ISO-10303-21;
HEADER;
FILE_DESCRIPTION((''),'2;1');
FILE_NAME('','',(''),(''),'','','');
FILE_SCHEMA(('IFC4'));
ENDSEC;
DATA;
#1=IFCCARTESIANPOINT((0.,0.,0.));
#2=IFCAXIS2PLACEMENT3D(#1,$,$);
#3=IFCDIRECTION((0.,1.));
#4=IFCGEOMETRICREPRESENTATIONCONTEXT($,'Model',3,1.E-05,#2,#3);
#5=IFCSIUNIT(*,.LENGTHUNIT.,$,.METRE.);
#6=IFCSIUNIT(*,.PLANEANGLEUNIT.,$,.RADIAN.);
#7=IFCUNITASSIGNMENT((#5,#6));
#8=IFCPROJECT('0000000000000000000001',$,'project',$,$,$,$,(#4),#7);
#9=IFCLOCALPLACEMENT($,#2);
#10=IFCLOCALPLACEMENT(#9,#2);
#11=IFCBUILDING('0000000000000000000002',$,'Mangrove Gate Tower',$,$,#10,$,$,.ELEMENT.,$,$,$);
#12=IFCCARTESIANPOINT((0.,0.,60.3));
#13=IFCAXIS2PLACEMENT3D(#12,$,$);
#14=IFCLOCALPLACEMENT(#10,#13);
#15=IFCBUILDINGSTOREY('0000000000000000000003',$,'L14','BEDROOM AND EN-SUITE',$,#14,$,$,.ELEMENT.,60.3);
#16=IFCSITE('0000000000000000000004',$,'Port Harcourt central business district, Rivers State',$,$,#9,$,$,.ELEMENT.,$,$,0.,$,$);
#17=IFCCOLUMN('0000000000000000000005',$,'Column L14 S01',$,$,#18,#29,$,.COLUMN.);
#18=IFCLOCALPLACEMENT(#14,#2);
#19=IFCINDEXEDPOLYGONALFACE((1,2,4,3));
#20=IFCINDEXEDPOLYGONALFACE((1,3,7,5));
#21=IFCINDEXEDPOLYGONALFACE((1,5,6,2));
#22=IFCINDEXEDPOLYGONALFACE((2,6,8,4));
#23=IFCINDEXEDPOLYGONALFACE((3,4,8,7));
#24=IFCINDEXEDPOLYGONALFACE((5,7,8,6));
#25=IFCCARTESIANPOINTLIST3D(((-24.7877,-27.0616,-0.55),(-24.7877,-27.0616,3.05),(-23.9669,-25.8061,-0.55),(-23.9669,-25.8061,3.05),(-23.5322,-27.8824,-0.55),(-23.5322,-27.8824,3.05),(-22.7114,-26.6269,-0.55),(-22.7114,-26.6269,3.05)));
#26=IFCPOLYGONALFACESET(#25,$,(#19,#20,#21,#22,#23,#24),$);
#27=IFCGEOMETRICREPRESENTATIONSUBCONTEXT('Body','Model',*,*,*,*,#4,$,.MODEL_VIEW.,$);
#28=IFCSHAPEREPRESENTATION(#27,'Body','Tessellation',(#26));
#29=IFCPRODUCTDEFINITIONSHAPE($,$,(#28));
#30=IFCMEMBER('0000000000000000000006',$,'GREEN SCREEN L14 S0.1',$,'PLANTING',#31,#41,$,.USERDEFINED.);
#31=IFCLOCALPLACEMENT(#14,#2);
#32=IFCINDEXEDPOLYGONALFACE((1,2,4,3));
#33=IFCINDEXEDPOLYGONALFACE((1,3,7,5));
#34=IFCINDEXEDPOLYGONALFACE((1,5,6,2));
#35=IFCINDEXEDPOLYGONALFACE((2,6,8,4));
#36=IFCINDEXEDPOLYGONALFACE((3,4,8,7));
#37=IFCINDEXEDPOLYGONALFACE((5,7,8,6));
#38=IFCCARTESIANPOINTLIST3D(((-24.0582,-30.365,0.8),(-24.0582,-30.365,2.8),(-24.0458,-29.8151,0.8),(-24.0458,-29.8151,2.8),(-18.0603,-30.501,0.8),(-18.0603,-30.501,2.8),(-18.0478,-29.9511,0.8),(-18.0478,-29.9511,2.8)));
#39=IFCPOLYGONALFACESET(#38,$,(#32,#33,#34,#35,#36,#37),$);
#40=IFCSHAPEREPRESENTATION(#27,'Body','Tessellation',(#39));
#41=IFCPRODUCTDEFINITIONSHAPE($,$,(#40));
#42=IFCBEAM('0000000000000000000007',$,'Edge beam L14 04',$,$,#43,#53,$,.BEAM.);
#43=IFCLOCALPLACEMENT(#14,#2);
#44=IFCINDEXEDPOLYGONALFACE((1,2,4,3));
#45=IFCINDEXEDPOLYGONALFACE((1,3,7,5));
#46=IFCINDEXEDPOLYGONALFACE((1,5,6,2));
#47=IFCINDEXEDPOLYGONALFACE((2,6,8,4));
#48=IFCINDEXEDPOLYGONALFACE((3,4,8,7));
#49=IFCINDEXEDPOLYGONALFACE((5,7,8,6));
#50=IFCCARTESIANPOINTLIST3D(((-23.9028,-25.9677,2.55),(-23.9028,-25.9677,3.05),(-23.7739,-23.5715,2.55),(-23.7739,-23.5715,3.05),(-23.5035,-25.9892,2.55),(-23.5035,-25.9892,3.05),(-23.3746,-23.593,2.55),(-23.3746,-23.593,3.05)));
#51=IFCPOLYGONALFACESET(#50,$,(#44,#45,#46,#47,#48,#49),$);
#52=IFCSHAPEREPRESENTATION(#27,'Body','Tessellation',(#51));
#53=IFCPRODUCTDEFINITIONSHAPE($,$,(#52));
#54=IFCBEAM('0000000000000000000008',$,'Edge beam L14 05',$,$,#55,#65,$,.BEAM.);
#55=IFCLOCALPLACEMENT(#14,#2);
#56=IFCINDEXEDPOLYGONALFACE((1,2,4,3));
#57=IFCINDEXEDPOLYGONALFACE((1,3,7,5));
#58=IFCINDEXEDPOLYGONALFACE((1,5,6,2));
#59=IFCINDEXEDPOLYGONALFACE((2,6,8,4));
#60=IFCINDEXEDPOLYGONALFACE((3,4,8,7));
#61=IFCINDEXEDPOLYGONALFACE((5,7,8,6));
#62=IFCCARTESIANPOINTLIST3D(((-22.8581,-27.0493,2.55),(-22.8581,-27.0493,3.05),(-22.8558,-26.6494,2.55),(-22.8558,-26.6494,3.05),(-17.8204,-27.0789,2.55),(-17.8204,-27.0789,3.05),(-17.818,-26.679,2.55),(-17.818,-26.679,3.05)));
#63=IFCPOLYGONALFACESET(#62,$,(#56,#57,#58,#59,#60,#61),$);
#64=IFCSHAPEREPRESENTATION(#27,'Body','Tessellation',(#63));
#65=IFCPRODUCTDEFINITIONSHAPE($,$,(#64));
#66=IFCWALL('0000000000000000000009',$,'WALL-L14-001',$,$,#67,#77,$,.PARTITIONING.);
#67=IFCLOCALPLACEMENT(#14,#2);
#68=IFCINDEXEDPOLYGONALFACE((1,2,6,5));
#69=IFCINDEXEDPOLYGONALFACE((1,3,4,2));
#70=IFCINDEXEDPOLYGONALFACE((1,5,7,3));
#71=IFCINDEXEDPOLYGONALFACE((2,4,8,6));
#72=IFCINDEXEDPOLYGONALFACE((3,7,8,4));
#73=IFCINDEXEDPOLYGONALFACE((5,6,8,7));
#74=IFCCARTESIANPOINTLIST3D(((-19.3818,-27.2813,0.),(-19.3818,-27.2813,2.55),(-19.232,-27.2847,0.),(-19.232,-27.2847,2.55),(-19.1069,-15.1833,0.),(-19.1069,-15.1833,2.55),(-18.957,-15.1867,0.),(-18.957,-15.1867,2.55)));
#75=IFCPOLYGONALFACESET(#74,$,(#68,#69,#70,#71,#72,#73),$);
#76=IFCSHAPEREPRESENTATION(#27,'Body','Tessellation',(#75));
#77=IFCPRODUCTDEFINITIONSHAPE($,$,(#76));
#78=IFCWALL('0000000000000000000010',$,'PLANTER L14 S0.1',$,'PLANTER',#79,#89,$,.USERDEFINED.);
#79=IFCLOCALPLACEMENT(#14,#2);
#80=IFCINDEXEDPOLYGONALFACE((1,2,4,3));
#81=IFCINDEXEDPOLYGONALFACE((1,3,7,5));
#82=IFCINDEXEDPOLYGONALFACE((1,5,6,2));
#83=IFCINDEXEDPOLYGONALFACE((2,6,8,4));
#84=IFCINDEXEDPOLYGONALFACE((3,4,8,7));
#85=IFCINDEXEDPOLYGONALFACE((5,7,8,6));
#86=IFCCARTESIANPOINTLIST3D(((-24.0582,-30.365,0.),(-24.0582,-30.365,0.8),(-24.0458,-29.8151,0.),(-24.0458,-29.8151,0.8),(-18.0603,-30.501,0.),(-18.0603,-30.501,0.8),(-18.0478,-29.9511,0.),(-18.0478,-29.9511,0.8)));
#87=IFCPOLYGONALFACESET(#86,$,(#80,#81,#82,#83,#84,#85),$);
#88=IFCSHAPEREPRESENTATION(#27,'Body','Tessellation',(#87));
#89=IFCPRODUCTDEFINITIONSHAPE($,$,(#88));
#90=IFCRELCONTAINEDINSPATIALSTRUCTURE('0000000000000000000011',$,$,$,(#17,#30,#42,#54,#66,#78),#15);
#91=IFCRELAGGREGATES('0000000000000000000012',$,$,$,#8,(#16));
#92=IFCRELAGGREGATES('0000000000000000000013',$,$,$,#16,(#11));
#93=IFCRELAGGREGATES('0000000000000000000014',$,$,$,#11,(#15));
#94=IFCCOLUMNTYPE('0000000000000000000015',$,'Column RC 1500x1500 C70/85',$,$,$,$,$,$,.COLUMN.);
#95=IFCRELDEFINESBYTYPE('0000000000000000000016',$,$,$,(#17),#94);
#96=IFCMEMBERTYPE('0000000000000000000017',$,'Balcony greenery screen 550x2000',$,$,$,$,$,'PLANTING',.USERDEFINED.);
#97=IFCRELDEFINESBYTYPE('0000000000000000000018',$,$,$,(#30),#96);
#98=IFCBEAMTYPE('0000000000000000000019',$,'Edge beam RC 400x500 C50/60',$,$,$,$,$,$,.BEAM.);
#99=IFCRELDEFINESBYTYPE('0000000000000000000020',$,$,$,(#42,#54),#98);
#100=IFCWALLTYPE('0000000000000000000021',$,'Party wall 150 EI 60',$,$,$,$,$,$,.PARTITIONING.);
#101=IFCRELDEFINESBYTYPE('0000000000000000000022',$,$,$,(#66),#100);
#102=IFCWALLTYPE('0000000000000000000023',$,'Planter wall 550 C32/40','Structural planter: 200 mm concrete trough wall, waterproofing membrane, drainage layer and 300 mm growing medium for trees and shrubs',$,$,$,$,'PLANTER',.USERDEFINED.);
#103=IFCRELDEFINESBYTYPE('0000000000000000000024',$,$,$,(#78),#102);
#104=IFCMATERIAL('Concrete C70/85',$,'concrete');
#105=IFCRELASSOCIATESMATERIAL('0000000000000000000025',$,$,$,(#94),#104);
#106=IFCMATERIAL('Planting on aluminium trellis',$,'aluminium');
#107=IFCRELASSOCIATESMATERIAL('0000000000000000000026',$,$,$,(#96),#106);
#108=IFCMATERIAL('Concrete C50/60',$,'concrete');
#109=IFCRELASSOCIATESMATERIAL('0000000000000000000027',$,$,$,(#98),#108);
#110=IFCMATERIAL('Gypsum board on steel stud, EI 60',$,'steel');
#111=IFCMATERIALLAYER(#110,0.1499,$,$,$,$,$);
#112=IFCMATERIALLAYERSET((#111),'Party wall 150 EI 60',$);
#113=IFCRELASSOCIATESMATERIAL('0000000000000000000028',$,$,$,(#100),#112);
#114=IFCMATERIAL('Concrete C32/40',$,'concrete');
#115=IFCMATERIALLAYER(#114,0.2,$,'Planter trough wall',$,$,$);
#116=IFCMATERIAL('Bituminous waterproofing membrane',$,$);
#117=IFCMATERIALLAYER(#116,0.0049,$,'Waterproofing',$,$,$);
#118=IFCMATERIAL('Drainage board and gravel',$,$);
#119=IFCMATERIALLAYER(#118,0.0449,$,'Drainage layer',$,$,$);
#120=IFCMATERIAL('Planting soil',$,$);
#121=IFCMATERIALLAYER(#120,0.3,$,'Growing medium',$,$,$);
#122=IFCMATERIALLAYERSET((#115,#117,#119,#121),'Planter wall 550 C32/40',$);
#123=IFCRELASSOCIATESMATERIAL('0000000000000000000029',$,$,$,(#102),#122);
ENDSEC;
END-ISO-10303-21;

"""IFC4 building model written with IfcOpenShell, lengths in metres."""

from ifc_helpers import new_model, si_unit, direction, frame, frame_2d, origin, origin_2d, place, context, subcontext, project, spatial, rectangle, extrude, material, layer, layer_set, material_profile, profile_set, type_object, element, save


model = new_model("IFC4")

# Units and contexts
model_context = context("Model", 3, precision=1e-05, world=origin(), true_north=direction((0.0, 1.0)))
body_context = subcontext(model_context, "Body", "Model", "MODEL_VIEW")
ifc_project = project(units=[si_unit("LENGTHUNIT", "METRE"), si_unit("PLANEANGLEUNIT", "RADIAN")], contexts=[model_context])

# Site, building, storey
site_placement = place(None, origin())
site = spatial("IfcSite", under=ifc_project, at=site_placement, Name="Port Harcourt central business district, Rivers State", CompositionType="ELEMENT", RefElevation=0.0)
building_placement = place(site_placement, origin())
building = spatial("IfcBuilding", under=site, at=building_placement, Name="Mangrove Gate Tower", CompositionType="ELEMENT")
storey_placement = place(building_placement, frame((0.0, 0.0, 60.3)))
storey = spatial("IfcBuildingStorey", under=building, at=storey_placement, Name="L14", Description="BEDROOM AND EN-SUITE", CompositionType="ELEMENT", Elevation=60.3)

# Column
ifc_material_1 = material(Name="Concrete C70/85", Category="concrete")
ifc_material_profile_1 = material_profile(ifc_material_1, rectangle(XDim=1.5, YDim=1.5, at=origin_2d()))
ifc_profile_set_1 = profile_set([ifc_material_profile_1], Name="Concrete C70/85")
column_type = type_object("IfcColumnType", Name="Column RC 1500x1500 C70/85", PredefinedType="COLUMN", material=ifc_profile_set_1)
column_placement = place(storey_placement, frame((-23.7495, -26.8442, -0.55), z_axis=(0.0, 0.0, 1.0), x_axis=(0.837001, -0.547201, 0.0)))
element("IfcColumn", 1, at=column_placement, inside=storey, type_object=column_type, Name="Column L14 S01", PredefinedType="COLUMN", context=body_context, shape_type="SweptSolid", body=[
    extrude(rectangle(XDim=1.5, YDim=1.5, at=origin_2d()), origin(), (0.0, 0.0, 1.0), 3.6001),
])

# Member
ifc_material_2 = material(Name="Planting on aluminium trellis", Category="aluminium")
ifc_material_profile_2 = material_profile(ifc_material_2, rectangle(XDim=0.55, YDim=2.0, at=origin_2d()))
ifc_profile_set_2 = profile_set([ifc_material_profile_2], Name="Planting on aluminium trellis")
member_type = type_object("IfcMemberType", Name="Balcony greenery screen 550x2000", ElementType="PLANTING", PredefinedType="USERDEFINED", material=ifc_profile_set_2)
member_placement = place(storey_placement, frame((-24.052, -30.0901, 1.8), z_axis=(0.999743, -0.022666, 0.0), x_axis=(0.022666, 0.999743, 0.0)))
element("IfcMember", 2, at=member_placement, inside=storey, type_object=member_type, Name="GREEN SCREEN L14 S0.1", ObjectType="PLANTING", PredefinedType="USERDEFINED", context=body_context, shape_type="SweptSolid", body=[
    extrude(rectangle(XDim=0.55, YDim=2.0, at=origin_2d()), origin(), (0.0, 0.0, 1.0), 5.9995),
])

# Beams
ifc_material_3 = material(Name="Concrete C50/60", Category="concrete")
ifc_material_profile_3 = material_profile(ifc_material_3, rectangle(XDim=0.3999, YDim=0.5, at=origin_2d()))
ifc_profile_set_3 = profile_set([ifc_material_profile_3], Name="Concrete C50/60")
beam_type = type_object("IfcBeamType", Name="Edge beam RC 400x500 C50/60", PredefinedType="BEAM", material=ifc_profile_set_3)
beam_1_placement = place(storey_placement, frame((-23.5742, -23.5823, 2.8), z_axis=(-0.053718, -0.998556, 0.0), x_axis=(0.998556, -0.053718, 0.0)))
element("IfcBeam", 3, at=beam_1_placement, inside=storey, type_object=beam_type, Name="Edge beam L14 04", PredefinedType="BEAM", context=body_context, shape_type="SweptSolid", body=[
    extrude(rectangle(XDim=0.3999, YDim=0.5, at=origin_2d()), origin(), (0.0, 0.0, 1.0), 2.3997),
])
beam_2_placement = place(storey_placement, frame((-22.8569, -26.8494, 2.8), z_axis=(0.999983, -0.005864, 0.0), x_axis=(0.005864, 0.999983, 0.0)))
element("IfcBeam", 4, at=beam_2_placement, inside=storey, type_object=beam_type, Name="Edge beam L14 05", PredefinedType="BEAM", context=body_context, shape_type="SweptSolid", body=[
    extrude(rectangle(XDim=0.3999, YDim=0.5, at=origin_2d()), origin(), (0.0, 0.0, 1.0), 5.0378),
])

# Walls
ifc_material_4 = material(Name="Gypsum board on steel stud, EI 60", Category="steel")
ifc_layer_1 = layer(ifc_material_4, 0.1499)
ifc_layer_set_1 = layer_set([ifc_layer_1], Name="Party wall 150 EI 60")
wall_type_1 = type_object("IfcWallType", Name="Party wall 150 EI 60", PredefinedType="PARTITIONING", material=ifc_layer_set_1)
wall_1_placement = place(storey_placement, frame((-19.3069, -27.283, 0.0), z_axis=(0.0, 0.0, 1.0), x_axis=(0.022717, 0.999742, 0.0)))
element("IfcWall", 5, at=wall_1_placement, inside=storey, type_object=wall_type_1, Name="WALL-L14-001", PredefinedType="PARTITIONING", context=body_context, shape_type="SweptSolid", body=[
    extrude(rectangle(XDim=12.1011, YDim=0.1499, at=frame_2d((6.0505, 0.0))), origin(), (0.0, 0.0, 1.0), 2.55),
])
ifc_material_5 = material(Name="Concrete C32/40", Category="concrete")
ifc_layer_2 = layer(ifc_material_5, 0.2, Name="Planter trough wall")
ifc_material_6 = material(Name="Bituminous waterproofing membrane")
ifc_layer_3 = layer(ifc_material_6, 0.0049, Name="Waterproofing")
ifc_material_7 = material(Name="Drainage board and gravel")
ifc_layer_4 = layer(ifc_material_7, 0.0449, Name="Drainage layer")
ifc_material_8 = material(Name="Planting soil")
ifc_layer_5 = layer(ifc_material_8, 0.3, Name="Growing medium")
ifc_layer_set_2 = layer_set([ifc_layer_2, ifc_layer_3, ifc_layer_4, ifc_layer_5], Name="Planter wall 550 C32/40")
wall_type_2 = type_object("IfcWallType", Name="Planter wall 550 C32/40", Description="Structural planter: 200 mm concrete trough wall, waterproofing membrane, drainage layer and 300 mm growing medium for trees and shrubs", ElementType="PLANTER", PredefinedType="USERDEFINED", material=ifc_layer_set_2)
wall_2_placement = place(storey_placement, frame((-24.052, -30.0901, 0.0), z_axis=(0.0, 0.0, 1.0), x_axis=(0.999743, -0.022666, 0.0)))
element("IfcWall", 6, at=wall_2_placement, inside=storey, type_object=wall_type_2, Name="PLANTER L14 S0.1", ObjectType="PLANTER", PredefinedType="USERDEFINED", context=body_context, shape_type="SweptSolid", body=[
    extrude(rectangle(XDim=5.9995, YDim=0.55, at=frame_2d((2.9998, 0.0))), origin(), (0.0, 0.0, 1.0), 0.8),
])

save(model, "model.ifc")
